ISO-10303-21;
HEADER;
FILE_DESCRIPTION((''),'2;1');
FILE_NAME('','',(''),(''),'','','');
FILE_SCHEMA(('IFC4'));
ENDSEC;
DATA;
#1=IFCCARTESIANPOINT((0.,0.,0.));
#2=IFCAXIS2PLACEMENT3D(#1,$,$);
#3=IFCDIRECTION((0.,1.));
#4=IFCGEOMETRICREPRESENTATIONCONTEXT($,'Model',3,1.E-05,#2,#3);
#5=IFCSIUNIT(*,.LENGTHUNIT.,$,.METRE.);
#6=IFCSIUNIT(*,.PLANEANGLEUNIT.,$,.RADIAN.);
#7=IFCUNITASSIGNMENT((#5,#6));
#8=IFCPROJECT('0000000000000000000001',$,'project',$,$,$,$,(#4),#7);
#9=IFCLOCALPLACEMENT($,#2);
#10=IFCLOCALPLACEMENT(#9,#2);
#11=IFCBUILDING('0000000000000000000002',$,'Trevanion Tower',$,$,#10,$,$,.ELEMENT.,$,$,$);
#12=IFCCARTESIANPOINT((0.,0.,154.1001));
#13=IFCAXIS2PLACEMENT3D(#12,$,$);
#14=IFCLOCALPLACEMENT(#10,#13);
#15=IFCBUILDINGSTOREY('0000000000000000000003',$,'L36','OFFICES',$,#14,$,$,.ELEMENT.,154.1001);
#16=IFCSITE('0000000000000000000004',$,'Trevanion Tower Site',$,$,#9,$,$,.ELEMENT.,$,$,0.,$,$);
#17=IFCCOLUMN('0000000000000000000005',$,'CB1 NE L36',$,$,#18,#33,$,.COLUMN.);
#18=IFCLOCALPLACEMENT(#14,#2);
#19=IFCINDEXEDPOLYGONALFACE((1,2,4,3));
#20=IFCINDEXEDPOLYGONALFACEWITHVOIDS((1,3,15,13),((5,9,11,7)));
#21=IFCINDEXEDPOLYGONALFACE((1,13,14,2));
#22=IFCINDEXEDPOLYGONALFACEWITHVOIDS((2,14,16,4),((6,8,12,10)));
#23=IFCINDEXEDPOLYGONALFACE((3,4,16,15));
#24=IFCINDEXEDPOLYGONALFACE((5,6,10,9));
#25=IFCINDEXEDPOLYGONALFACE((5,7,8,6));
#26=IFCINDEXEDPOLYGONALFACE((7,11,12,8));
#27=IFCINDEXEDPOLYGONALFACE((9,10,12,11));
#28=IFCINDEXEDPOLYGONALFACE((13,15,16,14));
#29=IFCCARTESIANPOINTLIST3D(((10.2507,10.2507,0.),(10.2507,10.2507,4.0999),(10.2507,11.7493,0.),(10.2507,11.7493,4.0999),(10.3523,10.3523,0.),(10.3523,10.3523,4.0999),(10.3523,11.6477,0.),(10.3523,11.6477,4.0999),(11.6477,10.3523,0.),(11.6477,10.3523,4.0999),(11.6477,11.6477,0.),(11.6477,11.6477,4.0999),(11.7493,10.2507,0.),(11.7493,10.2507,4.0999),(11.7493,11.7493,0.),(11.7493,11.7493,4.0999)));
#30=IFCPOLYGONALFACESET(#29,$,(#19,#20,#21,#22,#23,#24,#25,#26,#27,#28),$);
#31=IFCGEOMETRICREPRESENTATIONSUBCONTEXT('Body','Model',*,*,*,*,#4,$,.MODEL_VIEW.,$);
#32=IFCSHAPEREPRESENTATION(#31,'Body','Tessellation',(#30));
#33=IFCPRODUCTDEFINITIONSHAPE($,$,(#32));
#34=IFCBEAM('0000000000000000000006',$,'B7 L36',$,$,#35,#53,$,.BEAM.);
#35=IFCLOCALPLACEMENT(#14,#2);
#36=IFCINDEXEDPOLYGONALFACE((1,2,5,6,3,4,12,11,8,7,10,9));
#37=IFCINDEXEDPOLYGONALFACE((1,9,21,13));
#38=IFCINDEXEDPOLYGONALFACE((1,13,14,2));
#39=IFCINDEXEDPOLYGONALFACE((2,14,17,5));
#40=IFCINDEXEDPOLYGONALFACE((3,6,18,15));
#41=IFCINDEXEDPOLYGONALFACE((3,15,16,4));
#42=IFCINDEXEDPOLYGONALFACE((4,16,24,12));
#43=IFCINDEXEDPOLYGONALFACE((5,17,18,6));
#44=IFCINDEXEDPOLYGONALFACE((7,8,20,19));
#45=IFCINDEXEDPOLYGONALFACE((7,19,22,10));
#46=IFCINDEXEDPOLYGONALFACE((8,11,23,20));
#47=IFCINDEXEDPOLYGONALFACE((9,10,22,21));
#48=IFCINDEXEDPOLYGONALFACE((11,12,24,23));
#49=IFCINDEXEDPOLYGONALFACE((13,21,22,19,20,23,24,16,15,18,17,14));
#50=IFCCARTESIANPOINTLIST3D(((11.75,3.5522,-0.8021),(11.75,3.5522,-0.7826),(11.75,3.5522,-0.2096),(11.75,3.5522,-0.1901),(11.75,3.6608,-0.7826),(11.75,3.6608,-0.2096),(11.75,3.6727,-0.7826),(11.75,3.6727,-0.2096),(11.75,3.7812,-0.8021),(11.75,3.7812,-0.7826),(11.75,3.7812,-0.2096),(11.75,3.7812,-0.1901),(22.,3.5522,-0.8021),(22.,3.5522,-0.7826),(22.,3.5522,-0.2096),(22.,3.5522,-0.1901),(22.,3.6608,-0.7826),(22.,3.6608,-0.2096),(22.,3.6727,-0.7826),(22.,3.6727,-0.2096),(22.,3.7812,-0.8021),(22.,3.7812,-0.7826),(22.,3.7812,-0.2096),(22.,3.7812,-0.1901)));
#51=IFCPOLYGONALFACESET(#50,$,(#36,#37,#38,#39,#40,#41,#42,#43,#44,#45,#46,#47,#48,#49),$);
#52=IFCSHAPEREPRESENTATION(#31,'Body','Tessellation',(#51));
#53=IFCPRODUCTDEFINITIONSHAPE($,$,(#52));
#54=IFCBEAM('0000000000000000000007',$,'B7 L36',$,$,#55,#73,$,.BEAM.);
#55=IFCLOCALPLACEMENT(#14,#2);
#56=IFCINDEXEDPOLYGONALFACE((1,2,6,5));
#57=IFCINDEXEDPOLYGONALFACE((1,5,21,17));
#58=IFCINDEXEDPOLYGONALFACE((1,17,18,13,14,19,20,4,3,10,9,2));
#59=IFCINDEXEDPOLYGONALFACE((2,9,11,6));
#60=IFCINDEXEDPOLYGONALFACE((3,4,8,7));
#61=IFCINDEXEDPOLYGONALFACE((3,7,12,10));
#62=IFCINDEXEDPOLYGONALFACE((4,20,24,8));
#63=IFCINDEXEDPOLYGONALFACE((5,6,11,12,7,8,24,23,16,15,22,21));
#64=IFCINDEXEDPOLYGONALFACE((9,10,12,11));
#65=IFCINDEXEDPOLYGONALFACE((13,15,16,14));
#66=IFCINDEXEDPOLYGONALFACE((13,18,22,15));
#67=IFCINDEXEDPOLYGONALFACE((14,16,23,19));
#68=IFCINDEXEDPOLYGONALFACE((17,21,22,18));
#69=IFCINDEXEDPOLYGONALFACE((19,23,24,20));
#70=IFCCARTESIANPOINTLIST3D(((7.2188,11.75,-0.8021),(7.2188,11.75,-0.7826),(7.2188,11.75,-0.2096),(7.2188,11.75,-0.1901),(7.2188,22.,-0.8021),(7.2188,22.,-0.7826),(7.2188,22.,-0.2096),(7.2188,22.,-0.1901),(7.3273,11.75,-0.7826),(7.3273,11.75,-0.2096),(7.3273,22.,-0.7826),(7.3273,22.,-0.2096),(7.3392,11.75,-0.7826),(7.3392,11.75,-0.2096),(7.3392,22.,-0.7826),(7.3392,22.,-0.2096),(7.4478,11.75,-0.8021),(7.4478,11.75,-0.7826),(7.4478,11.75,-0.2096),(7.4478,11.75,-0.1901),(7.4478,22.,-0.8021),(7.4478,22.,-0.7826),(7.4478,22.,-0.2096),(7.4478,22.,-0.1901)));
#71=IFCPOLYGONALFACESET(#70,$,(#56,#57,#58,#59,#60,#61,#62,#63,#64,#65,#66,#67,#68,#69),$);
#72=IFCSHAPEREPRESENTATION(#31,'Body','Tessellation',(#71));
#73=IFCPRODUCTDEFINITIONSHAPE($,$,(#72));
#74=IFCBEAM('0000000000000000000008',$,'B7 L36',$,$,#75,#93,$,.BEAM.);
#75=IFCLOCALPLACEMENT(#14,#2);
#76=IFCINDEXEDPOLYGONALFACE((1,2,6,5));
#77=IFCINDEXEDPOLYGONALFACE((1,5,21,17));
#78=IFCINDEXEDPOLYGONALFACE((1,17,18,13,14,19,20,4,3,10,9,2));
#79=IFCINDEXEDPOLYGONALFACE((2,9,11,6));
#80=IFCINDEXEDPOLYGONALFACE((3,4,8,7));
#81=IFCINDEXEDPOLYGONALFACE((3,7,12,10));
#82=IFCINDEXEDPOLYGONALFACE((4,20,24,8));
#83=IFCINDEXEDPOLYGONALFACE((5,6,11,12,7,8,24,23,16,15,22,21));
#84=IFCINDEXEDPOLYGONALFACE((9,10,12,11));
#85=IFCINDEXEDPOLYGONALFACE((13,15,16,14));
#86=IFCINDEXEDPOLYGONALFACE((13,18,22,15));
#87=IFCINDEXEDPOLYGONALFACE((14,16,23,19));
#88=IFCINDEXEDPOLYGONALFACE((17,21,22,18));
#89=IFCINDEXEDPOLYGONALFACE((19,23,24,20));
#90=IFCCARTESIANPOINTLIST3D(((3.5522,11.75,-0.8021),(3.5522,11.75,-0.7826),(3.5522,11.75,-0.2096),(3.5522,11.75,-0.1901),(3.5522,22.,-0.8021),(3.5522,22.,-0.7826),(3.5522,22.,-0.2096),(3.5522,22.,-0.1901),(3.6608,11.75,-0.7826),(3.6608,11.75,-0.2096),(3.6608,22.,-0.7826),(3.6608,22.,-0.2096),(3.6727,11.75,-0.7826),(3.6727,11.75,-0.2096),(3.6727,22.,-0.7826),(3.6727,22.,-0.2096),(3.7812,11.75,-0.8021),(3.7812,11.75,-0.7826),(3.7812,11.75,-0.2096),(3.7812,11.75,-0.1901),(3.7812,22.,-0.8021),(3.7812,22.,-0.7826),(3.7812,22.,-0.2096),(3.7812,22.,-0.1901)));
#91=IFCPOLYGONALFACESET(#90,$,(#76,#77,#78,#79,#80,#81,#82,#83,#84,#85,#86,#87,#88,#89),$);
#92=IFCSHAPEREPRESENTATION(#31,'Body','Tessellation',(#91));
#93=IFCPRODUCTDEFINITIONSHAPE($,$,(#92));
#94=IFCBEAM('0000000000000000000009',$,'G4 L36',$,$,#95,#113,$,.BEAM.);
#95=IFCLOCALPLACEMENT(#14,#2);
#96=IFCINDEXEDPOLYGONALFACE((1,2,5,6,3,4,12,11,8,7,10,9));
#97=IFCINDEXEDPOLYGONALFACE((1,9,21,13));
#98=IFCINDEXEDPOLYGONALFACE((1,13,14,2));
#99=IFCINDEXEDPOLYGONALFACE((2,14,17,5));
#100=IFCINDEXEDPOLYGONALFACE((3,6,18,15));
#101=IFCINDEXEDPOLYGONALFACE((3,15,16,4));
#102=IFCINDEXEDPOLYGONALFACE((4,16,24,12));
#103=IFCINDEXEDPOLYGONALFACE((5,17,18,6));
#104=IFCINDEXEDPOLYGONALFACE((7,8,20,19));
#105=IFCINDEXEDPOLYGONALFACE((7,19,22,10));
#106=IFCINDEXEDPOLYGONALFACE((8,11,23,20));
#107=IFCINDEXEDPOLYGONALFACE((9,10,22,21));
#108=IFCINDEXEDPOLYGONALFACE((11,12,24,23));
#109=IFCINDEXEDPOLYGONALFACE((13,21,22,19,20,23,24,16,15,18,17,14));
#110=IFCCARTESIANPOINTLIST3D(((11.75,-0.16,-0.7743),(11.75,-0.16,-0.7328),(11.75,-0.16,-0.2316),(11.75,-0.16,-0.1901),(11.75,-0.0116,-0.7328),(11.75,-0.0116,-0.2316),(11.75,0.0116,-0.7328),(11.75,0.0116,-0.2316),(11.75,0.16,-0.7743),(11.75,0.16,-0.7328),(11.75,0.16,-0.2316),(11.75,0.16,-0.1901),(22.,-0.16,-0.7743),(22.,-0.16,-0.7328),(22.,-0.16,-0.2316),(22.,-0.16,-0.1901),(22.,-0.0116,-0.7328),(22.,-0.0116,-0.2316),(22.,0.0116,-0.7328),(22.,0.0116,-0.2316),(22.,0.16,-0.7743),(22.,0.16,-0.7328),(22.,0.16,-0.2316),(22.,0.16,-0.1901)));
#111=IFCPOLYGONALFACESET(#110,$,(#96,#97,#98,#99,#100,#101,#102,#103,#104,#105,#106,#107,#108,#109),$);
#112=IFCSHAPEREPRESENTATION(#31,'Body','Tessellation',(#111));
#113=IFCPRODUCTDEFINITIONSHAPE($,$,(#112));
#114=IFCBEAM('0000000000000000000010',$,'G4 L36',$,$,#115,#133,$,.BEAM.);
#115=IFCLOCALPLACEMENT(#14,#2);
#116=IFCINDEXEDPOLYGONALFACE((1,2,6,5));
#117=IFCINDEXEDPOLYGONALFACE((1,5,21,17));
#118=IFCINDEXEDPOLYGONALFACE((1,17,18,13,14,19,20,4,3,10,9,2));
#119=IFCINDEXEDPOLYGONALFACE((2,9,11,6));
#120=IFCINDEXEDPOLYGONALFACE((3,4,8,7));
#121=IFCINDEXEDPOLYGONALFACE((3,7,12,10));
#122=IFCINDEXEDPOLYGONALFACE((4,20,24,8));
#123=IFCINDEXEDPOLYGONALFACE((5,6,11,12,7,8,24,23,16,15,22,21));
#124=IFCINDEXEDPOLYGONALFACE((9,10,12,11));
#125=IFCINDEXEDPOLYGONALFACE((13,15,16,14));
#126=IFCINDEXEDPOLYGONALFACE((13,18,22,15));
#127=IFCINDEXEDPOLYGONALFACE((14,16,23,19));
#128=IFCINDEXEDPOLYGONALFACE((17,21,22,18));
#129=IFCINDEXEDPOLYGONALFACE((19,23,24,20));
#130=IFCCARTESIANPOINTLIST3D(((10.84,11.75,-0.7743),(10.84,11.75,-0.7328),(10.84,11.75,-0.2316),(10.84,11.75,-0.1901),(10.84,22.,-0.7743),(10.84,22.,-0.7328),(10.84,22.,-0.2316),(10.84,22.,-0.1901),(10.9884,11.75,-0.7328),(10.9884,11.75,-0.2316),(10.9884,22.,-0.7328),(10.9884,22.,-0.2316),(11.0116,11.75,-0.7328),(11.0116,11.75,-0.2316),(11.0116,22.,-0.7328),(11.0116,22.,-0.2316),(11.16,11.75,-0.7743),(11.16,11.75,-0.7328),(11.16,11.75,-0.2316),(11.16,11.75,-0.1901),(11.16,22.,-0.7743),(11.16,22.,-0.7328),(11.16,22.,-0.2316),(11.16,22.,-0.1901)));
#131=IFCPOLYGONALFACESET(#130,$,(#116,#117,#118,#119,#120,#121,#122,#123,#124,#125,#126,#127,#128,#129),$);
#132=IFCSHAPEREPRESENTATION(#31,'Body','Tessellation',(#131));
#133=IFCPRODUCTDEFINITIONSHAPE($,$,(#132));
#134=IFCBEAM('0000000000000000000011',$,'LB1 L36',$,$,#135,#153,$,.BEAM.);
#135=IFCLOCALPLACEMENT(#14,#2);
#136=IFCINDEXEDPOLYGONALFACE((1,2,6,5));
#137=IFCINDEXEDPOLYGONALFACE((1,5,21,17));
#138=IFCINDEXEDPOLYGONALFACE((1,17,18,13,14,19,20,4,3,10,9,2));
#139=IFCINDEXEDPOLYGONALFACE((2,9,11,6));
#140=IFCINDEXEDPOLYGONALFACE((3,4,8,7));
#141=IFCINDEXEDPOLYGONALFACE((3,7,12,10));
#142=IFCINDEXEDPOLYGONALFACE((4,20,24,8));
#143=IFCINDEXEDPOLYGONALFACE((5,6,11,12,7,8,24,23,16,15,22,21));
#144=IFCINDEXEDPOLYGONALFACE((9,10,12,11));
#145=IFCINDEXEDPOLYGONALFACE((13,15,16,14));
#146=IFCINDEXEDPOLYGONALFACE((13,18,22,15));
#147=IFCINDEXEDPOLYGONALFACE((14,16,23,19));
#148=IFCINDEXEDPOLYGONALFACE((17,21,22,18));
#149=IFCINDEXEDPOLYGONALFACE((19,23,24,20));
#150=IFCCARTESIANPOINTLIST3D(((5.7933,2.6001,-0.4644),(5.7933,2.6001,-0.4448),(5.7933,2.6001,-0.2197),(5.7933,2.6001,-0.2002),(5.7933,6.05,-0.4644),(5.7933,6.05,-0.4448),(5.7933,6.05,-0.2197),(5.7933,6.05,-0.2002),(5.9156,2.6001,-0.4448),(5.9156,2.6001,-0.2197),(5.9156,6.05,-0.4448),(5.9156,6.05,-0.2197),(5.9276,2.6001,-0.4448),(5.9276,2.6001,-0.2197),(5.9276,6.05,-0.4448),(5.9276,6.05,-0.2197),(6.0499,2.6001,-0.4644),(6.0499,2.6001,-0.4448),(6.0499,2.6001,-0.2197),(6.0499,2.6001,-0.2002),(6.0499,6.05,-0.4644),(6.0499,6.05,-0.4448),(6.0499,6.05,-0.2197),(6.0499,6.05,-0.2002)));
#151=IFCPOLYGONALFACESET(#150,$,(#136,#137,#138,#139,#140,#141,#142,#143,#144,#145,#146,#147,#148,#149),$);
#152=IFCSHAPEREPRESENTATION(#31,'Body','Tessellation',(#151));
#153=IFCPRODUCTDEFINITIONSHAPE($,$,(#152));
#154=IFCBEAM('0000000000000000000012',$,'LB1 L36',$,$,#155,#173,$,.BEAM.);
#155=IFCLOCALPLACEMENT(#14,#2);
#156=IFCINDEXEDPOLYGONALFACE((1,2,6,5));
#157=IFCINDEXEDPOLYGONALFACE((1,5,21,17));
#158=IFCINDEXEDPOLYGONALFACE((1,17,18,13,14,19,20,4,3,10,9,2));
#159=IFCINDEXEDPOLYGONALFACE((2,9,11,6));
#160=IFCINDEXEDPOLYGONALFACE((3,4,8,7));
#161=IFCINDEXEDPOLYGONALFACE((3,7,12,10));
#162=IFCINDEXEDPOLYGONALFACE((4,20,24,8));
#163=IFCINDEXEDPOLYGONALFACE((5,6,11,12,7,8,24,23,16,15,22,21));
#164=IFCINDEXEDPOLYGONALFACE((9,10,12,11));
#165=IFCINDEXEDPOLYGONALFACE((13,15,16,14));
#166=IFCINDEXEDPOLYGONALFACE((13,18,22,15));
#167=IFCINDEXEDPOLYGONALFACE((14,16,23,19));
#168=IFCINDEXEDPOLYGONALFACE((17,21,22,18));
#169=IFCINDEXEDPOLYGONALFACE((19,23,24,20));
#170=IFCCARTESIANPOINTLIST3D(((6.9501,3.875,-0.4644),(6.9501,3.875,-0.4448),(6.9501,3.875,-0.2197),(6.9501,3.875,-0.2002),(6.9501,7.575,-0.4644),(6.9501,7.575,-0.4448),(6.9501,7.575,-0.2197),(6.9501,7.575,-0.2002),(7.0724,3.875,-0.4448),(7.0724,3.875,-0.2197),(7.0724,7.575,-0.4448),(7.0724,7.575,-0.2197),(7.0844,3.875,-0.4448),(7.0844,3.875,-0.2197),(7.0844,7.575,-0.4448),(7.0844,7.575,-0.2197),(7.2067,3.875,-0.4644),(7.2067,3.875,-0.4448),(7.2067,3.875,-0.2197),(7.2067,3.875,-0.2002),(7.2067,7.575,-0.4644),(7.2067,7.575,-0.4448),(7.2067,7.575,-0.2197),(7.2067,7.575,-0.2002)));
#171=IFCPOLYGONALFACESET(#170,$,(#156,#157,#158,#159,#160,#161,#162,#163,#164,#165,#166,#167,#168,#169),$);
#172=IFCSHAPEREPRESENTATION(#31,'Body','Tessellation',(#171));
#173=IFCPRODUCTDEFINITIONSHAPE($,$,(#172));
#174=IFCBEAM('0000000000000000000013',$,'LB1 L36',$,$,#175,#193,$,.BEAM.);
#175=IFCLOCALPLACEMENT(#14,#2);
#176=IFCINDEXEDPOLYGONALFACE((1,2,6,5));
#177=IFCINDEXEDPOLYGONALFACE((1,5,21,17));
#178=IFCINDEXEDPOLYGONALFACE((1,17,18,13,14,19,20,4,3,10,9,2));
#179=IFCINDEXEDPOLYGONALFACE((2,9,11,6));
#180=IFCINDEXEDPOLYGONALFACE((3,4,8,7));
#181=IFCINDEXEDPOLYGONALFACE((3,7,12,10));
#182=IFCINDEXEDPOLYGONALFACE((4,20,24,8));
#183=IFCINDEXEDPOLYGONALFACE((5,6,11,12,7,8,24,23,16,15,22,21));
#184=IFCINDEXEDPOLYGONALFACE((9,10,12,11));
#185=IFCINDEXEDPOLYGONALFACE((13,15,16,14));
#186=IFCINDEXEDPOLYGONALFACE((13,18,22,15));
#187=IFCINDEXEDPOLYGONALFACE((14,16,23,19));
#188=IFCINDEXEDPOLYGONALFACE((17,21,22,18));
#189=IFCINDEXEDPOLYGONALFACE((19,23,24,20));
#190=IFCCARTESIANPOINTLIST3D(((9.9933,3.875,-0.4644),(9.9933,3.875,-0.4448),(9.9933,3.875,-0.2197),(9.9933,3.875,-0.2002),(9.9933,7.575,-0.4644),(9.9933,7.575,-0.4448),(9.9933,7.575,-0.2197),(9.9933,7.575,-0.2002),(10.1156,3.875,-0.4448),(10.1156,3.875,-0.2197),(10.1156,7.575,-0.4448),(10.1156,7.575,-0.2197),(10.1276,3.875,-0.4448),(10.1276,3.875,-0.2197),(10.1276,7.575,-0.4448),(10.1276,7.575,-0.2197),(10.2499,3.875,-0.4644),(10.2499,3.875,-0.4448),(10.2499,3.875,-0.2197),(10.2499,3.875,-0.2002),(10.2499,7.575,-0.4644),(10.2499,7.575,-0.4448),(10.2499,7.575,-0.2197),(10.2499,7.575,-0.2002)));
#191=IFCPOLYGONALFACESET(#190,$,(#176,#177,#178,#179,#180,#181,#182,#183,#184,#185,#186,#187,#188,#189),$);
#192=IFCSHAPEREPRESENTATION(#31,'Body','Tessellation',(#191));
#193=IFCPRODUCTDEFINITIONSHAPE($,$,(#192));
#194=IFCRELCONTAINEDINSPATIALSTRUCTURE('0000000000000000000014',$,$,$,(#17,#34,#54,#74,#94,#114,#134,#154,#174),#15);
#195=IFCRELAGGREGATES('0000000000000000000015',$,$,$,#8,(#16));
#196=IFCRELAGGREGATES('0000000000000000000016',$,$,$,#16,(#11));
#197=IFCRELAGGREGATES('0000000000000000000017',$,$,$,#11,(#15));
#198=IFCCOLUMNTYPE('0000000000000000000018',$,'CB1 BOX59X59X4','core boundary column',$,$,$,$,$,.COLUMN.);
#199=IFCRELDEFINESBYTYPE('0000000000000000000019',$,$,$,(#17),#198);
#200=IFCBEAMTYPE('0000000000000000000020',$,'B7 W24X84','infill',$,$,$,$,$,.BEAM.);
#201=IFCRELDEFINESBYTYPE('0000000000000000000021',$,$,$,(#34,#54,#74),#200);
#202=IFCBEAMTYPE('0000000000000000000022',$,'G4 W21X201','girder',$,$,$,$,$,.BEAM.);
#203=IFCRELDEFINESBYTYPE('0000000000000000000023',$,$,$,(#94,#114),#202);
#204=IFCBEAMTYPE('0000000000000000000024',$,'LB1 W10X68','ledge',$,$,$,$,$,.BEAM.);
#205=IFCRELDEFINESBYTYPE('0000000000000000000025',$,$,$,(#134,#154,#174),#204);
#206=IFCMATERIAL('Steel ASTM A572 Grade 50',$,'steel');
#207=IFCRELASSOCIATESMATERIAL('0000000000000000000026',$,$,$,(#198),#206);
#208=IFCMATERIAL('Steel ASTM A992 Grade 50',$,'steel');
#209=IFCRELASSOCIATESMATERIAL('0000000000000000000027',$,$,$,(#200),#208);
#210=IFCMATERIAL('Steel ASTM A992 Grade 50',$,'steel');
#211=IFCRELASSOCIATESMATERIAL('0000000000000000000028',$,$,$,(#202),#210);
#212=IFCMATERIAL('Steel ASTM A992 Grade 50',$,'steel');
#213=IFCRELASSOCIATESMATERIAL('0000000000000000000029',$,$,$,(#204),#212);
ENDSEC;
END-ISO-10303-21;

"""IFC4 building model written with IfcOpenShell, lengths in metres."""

from ifc_helpers import new_model, si_unit, direction, frame, origin, origin_2d, place, context, subcontext, project, spatial, hollow_rectangle, i_section, extrude, material, material_profile, profile_set, type_object, element, save


model = new_model("IFC4")

# Units and contexts
model_context = context("Model", 3, precision=1e-05, world=origin(), true_north=direction((0.0, 1.0)))
body_context = subcontext(model_context, "Body", "Model", "MODEL_VIEW")
ifc_project = project(units=[si_unit("LENGTHUNIT", "METRE"), si_unit("PLANEANGLEUNIT", "RADIAN")], contexts=[model_context])

# Site, building, storey
site_placement = place(None, origin())
site = spatial("IfcSite", under=ifc_project, at=site_placement, Name="Trevanion Tower Site", CompositionType="ELEMENT", RefElevation=0.0)
building_placement = place(site_placement, origin())
building = spatial("IfcBuilding", under=site, at=building_placement, Name="Trevanion Tower", CompositionType="ELEMENT")
storey_placement = place(building_placement, frame((0.0, 0.0, 154.1001)))
storey = spatial("IfcBuildingStorey", under=building, at=storey_placement, Name="L36", Description="OFFICES", CompositionType="ELEMENT", Elevation=154.1001)

# Column
ifc_material_1 = material(Name="Steel ASTM A572 Grade 50", Category="steel")
ifc_material_profile_1 = material_profile(ifc_material_1, hollow_rectangle(XDim=1.4985, YDim=1.4985, WallThickness=0.1016, at=origin_2d()), Name="BOX59X59X4")
ifc_profile_set_1 = profile_set([ifc_material_profile_1], Name="Steel ASTM A572 Grade 50")
column_type = type_object("IfcColumnType", Name="CB1 BOX59X59X4", Description="core boundary column", PredefinedType="COLUMN", material=ifc_profile_set_1)
column_placement = place(storey_placement, frame((11.0, 11.0, 0.0), z_axis=(0.0, 0.0, 1.0), x_axis=(1.0, 0.0, 0.0)))
element("IfcColumn", 1, at=column_placement, inside=storey, type_object=column_type, Name="CB1 NE L36", PredefinedType="COLUMN", context=body_context, shape_type="SweptSolid", body=[
    extrude(hollow_rectangle(XDim=1.4985, YDim=1.4985, WallThickness=0.1016, at=origin_2d()), origin(), (0.0, 0.0, 1.0), 4.0999),
])

# Beams
ifc_material_2 = material(Name="Steel ASTM A992 Grade 50", Category="steel")
ifc_material_profile_2 = material_profile(ifc_material_2, i_section(OverallWidth=0.229, OverallDepth=0.6121, WebThickness=0.012, FlangeThickness=0.0195, at=origin_2d()), Name="W24X84")
ifc_profile_set_2 = profile_set([ifc_material_profile_2], Name="Steel ASTM A992 Grade 50")
beam_type_1 = type_object("IfcBeamType", Name="B7 W24X84", Description="infill", PredefinedType="BEAM", material=ifc_profile_set_2)
for number, where, z_axis, x_axis, name in (
    (2, (11.75, 3.6667, -0.4961), (1.0, 0.0, 0.0), (0.0, 1.0, 0.0), "B7 L36"),
    (3, (7.3333, 11.75, -0.4961), (0.0, 1.0, 0.0), (-1.0, 0.0, 0.0), "B7 L36"),
    (4, (3.6667, 11.75, -0.4961), (0.0, 1.0, 0.0), (-1.0, 0.0, 0.0), "B7 L36"),
):
    element("IfcBeam", number, at=place(storey_placement, frame(where, z_axis=z_axis, x_axis=x_axis)), inside=storey, type_object=beam_type_1, Name=name, PredefinedType="BEAM", context=body_context, shape_type="SweptSolid", body=[
        extrude(i_section(OverallWidth=0.229, OverallDepth=0.6121, WebThickness=0.012, FlangeThickness=0.0195, at=origin_2d()), origin(), (0.0, 0.0, 1.0), 10.25),
    ])
ifc_material_3 = material(Name="Steel ASTM A992 Grade 50", Category="steel")
ifc_material_profile_3 = material_profile(ifc_material_3, i_section(OverallWidth=0.3201, OverallDepth=0.5842, WebThickness=0.0232, FlangeThickness=0.0415, at=origin_2d()), Name="W21X201")
ifc_profile_set_3 = profile_set([ifc_material_profile_3], Name="Steel ASTM A992 Grade 50")
beam_type_2 = type_object("IfcBeamType", Name="G4 W21X201", Description="girder", PredefinedType="BEAM", material=ifc_profile_set_3)
for number, where, z_axis, x_axis, name in (
    (5, (11.75, 0.0, -0.4822), (1.0, 0.0, 0.0), (0.0, 1.0, 0.0), "G4 L36"),
    (6, (11.0, 11.75, -0.4822), (0.0, 1.0, 0.0), (-1.0, 0.0, 0.0), "G4 L36"),
):
    element("IfcBeam", number, at=place(storey_placement, frame(where, z_axis=z_axis, x_axis=x_axis)), inside=storey, type_object=beam_type_2, Name=name, PredefinedType="BEAM", context=body_context, shape_type="SweptSolid", body=[
        extrude(i_section(OverallWidth=0.3201, OverallDepth=0.5842, WebThickness=0.0232, FlangeThickness=0.0415, at=origin_2d()), origin(), (0.0, 0.0, 1.0), 10.25),
    ])
ifc_material_4 = material(Name="Steel ASTM A992 Grade 50", Category="steel")
ifc_material_profile_4 = material_profile(ifc_material_4, i_section(OverallWidth=0.2566, OverallDepth=0.2642, WebThickness=0.012, FlangeThickness=0.0195, at=origin_2d()), Name="W10X68")
ifc_profile_set_4 = profile_set([ifc_material_profile_4], Name="Steel ASTM A992 Grade 50")
beam_type_3 = type_object("IfcBeamType", Name="LB1 W10X68", Description="ledge", PredefinedType="BEAM", material=ifc_profile_set_4)
beam_placement = place(storey_placement, frame((5.9216, 2.6001, -0.3323), z_axis=(0.0, 1.0, 0.0), x_axis=(-1.0, 0.0, 0.0)))
element("IfcBeam", 7, at=beam_placement, inside=storey, type_object=beam_type_3, Name="LB1 L36", PredefinedType="BEAM", context=body_context, shape_type="SweptSolid", body=[
    extrude(i_section(OverallWidth=0.2566, OverallDepth=0.2642, WebThickness=0.012, FlangeThickness=0.0195, at=origin_2d()), origin(), (0.0, 0.0, 1.0), 3.45),
])
for number, where, z_axis, x_axis, name in (
    (8, (7.0784, 3.875, -0.3323), (0.0, 1.0, 0.0), (-1.0, 0.0, 0.0), "LB1 L36"),
    (9, (10.1216, 3.875, -0.3323), (0.0, 1.0, 0.0), (-1.0, 0.0, 0.0), "LB1 L36"),
):
    element("IfcBeam", number, at=place(storey_placement, frame(where, z_axis=z_axis, x_axis=x_axis)), inside=storey, type_object=beam_type_3, Name=name, PredefinedType="BEAM", context=body_context, shape_type="SweptSolid", body=[
        extrude(i_section(OverallWidth=0.2566, OverallDepth=0.2642, WebThickness=0.012, FlangeThickness=0.0195, at=origin_2d()), origin(), (0.0, 0.0, 1.0), 3.7),
    ])

save(model, "model.ifc")
